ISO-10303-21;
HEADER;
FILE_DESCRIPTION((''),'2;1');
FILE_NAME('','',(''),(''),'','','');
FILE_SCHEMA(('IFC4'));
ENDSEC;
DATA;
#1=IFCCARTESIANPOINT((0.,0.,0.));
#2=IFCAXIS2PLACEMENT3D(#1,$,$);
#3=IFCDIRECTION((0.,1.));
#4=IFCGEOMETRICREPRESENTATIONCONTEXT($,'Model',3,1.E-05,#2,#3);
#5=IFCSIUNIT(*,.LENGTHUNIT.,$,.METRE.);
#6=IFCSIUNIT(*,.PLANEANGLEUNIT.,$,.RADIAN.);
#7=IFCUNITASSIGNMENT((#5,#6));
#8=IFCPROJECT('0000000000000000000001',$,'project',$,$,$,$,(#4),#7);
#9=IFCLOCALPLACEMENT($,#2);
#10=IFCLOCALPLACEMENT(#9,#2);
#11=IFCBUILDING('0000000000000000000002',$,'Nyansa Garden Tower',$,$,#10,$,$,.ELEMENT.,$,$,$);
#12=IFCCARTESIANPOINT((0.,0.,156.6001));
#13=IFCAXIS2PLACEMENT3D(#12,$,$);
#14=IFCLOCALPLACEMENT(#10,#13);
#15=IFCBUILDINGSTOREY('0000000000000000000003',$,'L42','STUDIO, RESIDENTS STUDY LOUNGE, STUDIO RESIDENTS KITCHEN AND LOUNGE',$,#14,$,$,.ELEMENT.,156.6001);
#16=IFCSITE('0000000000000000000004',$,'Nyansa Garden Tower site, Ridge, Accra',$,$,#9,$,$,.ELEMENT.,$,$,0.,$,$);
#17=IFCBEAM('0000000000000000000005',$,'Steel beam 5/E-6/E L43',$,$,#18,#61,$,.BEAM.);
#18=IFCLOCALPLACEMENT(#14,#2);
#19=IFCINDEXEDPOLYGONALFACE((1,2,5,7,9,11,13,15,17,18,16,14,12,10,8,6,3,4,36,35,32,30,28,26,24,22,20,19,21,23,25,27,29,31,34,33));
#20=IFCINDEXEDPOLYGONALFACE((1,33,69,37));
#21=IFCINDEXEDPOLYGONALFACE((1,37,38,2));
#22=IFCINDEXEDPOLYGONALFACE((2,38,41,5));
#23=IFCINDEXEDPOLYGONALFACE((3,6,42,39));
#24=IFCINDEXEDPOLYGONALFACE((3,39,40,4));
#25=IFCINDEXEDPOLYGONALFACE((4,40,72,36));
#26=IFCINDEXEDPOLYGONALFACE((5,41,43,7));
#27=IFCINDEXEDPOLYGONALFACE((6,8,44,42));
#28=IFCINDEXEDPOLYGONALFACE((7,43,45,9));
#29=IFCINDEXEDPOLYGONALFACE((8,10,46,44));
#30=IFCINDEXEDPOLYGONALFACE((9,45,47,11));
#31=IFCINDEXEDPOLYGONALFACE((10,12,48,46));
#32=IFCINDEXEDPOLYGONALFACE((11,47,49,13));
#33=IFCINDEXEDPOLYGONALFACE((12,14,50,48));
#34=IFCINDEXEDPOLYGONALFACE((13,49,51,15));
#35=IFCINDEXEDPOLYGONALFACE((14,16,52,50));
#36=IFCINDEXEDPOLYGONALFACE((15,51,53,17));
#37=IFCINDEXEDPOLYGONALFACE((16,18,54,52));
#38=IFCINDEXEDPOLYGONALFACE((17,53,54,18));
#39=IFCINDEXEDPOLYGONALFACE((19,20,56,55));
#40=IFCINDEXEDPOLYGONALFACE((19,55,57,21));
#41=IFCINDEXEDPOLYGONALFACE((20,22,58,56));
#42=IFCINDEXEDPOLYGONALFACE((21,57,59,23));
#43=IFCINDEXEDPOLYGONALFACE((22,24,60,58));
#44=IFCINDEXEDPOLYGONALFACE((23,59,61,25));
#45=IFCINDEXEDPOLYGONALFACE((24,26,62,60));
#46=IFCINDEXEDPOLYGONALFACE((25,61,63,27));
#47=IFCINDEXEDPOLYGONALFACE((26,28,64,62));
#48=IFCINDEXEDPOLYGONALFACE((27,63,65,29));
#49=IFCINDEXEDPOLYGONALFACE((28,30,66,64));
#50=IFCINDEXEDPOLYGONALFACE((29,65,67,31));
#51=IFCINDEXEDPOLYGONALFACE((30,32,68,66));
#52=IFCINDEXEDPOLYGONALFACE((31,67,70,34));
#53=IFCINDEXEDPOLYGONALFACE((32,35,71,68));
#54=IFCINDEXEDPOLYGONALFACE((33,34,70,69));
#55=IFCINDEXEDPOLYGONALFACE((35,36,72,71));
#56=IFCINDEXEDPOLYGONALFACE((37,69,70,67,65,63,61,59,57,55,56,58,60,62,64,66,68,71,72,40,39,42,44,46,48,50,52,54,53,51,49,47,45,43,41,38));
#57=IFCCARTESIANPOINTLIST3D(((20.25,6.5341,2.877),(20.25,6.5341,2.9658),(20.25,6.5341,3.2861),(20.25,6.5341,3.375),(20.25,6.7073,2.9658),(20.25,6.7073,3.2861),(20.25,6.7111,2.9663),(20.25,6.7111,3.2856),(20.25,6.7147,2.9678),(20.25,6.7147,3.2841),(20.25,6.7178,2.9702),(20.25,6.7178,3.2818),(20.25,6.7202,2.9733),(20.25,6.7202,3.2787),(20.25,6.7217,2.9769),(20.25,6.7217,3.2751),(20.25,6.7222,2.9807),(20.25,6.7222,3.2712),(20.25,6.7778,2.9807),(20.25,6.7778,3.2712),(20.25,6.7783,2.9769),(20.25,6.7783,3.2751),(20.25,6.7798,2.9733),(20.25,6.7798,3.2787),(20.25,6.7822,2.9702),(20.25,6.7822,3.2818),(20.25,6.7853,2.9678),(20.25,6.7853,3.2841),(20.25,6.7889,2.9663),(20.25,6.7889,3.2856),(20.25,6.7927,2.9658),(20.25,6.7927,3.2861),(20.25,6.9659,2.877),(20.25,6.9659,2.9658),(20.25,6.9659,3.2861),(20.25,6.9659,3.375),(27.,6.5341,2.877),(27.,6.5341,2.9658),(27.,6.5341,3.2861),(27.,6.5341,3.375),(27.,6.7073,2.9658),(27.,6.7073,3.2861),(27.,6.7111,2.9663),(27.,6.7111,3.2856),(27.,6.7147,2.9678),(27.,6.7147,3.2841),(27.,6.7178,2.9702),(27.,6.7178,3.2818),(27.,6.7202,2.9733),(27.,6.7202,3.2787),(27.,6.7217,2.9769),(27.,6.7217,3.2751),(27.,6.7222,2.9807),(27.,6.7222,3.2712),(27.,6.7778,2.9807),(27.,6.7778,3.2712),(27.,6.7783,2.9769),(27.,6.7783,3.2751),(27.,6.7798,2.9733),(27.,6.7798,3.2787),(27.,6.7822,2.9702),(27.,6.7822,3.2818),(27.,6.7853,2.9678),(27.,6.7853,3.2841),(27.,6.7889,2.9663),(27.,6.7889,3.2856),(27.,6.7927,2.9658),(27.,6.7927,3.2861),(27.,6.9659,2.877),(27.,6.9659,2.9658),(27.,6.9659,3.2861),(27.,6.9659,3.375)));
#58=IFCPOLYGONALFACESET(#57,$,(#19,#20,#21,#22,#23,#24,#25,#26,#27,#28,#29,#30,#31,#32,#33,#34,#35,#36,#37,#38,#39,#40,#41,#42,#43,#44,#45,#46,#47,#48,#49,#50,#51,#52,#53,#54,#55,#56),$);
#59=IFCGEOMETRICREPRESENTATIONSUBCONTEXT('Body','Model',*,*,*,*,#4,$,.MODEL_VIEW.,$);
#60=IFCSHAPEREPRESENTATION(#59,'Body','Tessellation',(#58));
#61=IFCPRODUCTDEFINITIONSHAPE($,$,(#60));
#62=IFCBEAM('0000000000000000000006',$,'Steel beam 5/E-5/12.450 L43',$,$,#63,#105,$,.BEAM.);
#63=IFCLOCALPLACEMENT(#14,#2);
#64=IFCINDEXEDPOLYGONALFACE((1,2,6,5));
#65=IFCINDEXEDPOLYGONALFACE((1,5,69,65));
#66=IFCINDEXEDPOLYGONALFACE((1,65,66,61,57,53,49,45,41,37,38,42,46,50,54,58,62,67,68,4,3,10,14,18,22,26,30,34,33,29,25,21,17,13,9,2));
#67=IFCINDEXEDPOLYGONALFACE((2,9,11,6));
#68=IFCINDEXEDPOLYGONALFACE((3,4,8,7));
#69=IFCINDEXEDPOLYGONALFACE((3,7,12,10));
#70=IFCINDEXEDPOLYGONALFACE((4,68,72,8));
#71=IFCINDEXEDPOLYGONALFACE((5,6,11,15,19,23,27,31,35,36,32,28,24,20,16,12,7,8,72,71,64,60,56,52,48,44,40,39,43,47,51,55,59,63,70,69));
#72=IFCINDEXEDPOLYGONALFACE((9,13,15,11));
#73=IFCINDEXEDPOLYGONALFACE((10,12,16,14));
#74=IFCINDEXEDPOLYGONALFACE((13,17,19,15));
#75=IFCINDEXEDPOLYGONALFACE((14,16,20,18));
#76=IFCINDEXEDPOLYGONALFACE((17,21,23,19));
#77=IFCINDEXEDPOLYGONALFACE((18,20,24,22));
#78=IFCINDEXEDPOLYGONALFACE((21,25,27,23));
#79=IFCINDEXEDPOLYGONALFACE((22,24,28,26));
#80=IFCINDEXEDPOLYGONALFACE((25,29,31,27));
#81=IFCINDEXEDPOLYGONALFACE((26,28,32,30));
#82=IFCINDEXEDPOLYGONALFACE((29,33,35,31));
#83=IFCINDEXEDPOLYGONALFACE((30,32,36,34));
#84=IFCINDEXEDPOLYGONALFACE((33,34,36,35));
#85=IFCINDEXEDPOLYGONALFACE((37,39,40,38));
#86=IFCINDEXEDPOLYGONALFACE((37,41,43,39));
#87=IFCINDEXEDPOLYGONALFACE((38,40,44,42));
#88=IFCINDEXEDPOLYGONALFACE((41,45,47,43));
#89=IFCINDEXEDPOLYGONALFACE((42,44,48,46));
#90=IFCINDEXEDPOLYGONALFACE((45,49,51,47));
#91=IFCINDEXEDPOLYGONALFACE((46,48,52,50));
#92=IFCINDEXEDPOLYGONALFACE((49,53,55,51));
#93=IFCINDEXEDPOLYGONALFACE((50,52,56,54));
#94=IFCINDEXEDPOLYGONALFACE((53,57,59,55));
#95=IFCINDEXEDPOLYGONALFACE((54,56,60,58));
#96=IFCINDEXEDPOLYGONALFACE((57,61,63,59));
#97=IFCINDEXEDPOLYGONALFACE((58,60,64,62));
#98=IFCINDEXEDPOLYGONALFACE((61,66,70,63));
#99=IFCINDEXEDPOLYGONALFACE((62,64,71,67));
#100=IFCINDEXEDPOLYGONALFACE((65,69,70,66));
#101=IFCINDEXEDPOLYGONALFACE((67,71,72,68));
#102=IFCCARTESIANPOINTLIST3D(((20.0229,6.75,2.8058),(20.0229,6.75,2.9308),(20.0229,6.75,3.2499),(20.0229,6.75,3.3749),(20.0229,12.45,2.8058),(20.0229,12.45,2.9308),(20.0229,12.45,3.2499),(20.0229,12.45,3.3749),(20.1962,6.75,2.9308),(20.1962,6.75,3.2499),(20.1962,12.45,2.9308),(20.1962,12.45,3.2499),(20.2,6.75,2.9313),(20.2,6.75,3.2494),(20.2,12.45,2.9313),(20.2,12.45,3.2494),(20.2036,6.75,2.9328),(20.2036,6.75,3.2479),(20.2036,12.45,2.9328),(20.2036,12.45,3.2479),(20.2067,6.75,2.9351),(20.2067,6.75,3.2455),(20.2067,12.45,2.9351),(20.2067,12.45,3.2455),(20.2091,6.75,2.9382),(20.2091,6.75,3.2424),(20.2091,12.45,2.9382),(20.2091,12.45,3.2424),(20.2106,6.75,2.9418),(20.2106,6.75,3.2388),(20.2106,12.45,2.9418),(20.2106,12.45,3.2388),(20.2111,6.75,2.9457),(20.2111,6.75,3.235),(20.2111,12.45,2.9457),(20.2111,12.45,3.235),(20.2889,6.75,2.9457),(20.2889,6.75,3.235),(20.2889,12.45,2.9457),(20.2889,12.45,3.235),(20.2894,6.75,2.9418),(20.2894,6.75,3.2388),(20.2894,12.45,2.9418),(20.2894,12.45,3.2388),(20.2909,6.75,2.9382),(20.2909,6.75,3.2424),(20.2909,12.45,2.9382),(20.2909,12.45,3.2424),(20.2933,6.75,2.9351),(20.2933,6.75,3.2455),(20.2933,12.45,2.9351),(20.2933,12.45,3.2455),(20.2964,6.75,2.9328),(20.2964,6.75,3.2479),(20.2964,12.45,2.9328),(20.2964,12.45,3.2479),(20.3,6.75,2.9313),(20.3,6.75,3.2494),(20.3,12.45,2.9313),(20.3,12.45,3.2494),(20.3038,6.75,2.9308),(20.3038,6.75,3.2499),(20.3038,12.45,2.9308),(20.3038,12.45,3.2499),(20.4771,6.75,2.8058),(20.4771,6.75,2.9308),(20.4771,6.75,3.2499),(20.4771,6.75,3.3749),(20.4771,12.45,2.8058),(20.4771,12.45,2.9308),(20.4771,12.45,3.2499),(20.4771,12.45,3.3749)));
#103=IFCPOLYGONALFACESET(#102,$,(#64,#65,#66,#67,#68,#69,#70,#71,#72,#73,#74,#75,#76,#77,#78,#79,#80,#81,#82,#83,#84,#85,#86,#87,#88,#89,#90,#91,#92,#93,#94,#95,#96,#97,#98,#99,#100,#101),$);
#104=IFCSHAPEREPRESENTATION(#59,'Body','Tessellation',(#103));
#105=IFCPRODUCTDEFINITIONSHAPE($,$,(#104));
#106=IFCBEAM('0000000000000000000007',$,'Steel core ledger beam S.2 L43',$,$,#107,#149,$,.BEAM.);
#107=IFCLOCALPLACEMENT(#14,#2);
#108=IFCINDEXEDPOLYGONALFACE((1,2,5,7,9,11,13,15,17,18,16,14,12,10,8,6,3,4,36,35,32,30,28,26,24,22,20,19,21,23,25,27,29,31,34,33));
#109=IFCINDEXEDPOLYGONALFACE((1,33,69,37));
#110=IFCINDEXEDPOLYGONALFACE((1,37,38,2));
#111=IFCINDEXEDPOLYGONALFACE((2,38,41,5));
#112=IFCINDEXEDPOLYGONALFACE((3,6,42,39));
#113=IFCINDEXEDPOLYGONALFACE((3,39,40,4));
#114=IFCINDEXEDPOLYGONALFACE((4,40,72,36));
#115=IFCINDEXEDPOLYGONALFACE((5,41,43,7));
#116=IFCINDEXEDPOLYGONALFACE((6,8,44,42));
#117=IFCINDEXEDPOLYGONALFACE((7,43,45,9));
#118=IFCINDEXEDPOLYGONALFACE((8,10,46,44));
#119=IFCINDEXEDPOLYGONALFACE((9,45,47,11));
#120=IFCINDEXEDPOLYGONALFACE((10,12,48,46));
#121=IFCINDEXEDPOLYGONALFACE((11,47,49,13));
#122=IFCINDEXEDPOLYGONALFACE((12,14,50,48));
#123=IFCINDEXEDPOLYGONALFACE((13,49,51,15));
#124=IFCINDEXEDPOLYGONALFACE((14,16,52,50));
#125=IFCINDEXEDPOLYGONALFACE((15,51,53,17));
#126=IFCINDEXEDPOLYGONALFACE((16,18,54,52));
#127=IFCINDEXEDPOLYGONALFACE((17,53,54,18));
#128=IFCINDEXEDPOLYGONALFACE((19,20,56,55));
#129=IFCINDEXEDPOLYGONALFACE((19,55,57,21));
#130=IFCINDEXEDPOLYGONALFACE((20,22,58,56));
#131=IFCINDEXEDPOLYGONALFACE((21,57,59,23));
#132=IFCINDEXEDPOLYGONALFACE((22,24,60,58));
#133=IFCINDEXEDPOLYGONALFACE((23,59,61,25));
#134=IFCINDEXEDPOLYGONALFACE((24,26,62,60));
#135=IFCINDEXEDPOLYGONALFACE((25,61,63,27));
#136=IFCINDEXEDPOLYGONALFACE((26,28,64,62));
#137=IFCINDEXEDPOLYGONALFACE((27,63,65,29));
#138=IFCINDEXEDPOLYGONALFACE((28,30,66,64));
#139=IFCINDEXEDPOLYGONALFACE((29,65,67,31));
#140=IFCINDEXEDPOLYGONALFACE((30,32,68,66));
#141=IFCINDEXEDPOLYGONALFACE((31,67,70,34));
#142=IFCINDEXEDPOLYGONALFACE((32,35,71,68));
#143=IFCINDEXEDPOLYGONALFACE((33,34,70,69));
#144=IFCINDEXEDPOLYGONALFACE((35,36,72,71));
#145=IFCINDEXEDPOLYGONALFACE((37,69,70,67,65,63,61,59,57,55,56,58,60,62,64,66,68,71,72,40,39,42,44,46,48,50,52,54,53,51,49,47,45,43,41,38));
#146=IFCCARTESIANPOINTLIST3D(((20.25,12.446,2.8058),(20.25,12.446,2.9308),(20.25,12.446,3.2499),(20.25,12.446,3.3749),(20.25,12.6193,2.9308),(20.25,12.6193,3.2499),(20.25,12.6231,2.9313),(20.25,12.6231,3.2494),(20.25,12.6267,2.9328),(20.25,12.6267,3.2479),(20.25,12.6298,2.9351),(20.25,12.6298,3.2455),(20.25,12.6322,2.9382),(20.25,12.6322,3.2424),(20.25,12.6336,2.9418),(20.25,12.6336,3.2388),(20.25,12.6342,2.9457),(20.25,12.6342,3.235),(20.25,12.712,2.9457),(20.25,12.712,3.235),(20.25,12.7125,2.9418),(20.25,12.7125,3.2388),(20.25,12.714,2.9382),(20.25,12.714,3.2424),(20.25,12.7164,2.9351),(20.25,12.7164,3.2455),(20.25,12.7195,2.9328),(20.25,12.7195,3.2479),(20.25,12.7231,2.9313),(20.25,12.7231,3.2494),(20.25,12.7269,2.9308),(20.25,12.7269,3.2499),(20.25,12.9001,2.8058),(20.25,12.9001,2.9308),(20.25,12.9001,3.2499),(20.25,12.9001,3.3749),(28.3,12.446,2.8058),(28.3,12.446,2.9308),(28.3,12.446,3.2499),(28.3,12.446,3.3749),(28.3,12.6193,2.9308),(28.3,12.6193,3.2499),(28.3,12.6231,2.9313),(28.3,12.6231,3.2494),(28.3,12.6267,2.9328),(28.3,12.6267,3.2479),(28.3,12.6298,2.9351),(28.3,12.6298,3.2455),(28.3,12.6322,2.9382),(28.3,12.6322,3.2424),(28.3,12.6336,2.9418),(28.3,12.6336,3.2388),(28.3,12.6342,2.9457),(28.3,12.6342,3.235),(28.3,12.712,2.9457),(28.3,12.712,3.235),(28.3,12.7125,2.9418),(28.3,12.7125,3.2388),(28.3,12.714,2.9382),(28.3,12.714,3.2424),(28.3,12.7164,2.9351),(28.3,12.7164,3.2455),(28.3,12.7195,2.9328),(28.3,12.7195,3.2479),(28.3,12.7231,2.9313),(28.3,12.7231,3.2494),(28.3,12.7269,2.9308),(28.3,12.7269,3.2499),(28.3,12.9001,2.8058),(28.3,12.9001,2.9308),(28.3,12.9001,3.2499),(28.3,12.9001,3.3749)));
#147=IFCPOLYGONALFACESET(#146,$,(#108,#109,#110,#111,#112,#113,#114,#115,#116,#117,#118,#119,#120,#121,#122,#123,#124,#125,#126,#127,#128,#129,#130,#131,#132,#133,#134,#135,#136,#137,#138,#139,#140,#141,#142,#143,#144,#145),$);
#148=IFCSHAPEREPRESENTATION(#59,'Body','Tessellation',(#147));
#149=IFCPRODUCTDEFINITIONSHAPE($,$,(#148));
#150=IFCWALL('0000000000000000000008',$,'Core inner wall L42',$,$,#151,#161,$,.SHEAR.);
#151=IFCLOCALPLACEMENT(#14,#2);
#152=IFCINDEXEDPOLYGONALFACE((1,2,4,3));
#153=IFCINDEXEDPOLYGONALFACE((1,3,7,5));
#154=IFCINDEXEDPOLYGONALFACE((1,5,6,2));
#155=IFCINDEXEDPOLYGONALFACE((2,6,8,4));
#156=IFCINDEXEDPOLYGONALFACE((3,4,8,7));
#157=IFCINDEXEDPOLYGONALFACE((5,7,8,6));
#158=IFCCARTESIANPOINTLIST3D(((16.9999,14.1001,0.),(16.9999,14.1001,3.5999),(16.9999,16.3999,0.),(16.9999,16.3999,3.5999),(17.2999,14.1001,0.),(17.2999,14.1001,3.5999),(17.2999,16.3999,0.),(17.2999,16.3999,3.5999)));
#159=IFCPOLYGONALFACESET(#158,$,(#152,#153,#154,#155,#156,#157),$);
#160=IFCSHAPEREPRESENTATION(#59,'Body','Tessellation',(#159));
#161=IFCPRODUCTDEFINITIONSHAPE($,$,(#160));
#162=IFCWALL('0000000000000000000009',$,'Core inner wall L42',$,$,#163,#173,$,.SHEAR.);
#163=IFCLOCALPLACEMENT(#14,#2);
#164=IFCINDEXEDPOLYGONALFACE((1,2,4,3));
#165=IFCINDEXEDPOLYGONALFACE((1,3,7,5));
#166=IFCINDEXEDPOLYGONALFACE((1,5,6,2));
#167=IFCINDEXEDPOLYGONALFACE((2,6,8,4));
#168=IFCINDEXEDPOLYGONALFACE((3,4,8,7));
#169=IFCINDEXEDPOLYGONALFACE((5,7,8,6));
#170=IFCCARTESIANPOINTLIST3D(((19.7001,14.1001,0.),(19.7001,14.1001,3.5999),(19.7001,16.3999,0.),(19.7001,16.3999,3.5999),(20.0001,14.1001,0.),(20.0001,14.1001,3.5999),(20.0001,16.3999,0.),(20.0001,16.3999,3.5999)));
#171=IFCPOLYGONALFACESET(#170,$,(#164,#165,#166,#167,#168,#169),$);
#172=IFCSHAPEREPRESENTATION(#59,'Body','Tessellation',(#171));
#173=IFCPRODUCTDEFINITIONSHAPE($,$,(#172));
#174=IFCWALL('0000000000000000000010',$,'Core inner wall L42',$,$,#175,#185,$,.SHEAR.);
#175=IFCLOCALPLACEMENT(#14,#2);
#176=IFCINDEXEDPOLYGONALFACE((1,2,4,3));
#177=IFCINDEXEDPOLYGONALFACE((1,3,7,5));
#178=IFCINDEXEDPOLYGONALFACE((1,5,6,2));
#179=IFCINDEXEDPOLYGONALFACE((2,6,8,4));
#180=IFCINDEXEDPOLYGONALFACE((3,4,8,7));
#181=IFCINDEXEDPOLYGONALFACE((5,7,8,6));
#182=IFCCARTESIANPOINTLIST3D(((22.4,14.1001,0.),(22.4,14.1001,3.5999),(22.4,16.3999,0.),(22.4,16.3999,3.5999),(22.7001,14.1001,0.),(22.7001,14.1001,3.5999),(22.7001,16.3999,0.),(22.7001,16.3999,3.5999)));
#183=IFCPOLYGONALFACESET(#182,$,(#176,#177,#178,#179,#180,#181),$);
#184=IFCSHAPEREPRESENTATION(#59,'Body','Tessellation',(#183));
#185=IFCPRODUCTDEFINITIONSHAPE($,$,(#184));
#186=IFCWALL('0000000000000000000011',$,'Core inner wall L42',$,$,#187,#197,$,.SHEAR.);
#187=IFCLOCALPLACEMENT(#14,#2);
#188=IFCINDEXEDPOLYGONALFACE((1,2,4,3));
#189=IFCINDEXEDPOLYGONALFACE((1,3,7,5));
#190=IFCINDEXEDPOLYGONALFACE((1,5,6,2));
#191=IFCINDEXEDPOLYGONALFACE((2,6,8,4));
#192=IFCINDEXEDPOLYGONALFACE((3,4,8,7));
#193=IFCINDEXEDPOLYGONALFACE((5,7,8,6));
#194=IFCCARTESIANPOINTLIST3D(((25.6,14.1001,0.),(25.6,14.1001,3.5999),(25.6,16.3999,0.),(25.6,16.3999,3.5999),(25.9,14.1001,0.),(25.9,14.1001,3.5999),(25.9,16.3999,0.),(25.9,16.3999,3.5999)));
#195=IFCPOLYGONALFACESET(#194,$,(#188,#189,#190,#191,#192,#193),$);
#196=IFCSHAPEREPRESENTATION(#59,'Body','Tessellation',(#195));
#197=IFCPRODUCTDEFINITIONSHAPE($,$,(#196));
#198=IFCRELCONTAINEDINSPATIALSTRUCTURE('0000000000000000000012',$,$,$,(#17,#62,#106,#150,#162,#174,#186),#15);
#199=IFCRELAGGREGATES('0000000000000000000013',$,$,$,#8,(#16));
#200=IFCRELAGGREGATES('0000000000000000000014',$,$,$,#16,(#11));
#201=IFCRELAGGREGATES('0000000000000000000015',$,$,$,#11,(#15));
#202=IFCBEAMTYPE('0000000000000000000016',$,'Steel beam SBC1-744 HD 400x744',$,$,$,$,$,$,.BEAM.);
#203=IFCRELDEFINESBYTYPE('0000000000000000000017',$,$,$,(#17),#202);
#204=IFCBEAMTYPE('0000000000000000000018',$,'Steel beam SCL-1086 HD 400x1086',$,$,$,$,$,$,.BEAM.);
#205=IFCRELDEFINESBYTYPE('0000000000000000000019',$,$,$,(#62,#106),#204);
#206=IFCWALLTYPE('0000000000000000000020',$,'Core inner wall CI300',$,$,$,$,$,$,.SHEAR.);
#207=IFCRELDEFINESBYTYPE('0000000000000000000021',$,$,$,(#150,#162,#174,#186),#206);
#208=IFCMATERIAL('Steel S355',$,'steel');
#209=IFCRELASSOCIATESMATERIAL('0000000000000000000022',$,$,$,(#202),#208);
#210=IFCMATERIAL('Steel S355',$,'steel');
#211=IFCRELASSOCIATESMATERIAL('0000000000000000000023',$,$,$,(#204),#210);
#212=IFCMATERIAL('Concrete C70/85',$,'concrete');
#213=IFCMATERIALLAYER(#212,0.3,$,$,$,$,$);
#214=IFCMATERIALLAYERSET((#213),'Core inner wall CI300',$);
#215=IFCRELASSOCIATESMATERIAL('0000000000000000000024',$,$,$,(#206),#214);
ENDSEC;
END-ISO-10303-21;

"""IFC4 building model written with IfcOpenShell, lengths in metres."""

from ifc_helpers import new_model, si_unit, direction, frame, frame_2d, origin, origin_2d, place, context, subcontext, project, spatial, rectangle, i_section, extrude, material, layer, layer_set, material_profile, profile_set, type_object, element, save


model = new_model("IFC4")

# Units and contexts
model_context = context("Model", 3, precision=1e-05, world=origin(), true_north=direction((0.0, 1.0)))
body_context = subcontext(model_context, "Body", "Model", "MODEL_VIEW")
ifc_project = project(units=[si_unit("LENGTHUNIT", "METRE"), si_unit("PLANEANGLEUNIT", "RADIAN")], contexts=[model_context])

# Site, building, storey
site_placement = place(None, origin())
site = spatial("IfcSite", under=ifc_project, at=site_placement, Name="Nyansa Garden Tower site, Ridge, Accra", CompositionType="ELEMENT", RefElevation=0.0)
building_placement = place(site_placement, origin())
building = spatial("IfcBuilding", under=site, at=building_placement, Name="Nyansa Garden Tower", CompositionType="ELEMENT")
storey_placement = place(building_placement, frame((0.0, 0.0, 156.6001)))
storey = spatial("IfcBuildingStorey", under=building, at=storey_placement, Name="L42", Description="STUDIO, RESIDENTS STUDY LOUNGE, STUDIO RESIDENTS KITCHEN AND LOUNGE", CompositionType="ELEMENT", Elevation=156.6001)

# Beams
ifc_material_1 = material(Name="Steel S355", Category="steel")
ifc_material_profile_1 = material_profile(ifc_material_1, i_section(OverallWidth=0.4319, OverallDepth=0.498, WebThickness=0.0557, FlangeThickness=0.0889, FilletRadius=0.0149, at=origin_2d()), Name="HD 400x744")
ifc_profile_set_1 = profile_set([ifc_material_profile_1], Name="Steel S355")
beam_type_1 = type_object("IfcBeamType", Name="Steel beam SBC1-744 HD 400x744", PredefinedType="BEAM", material=ifc_profile_set_1)
beam_1_placement = place(storey_placement, frame((20.25, 6.75, 3.126), z_axis=(1.0, 0.0, 0.0), x_axis=(0.0, 1.0, 0.0)))
element("IfcBeam", 1, at=beam_1_placement, inside=storey, type_object=beam_type_1, Name="Steel beam 5/E-6/E L43", PredefinedType="BEAM", context=body_context, shape_type="SweptSolid", body=[
    extrude(i_section(OverallWidth=0.4319, OverallDepth=0.498, WebThickness=0.0557, FlangeThickness=0.0889, FilletRadius=0.0149, at=origin_2d()), origin(), (0.0, 0.0, 1.0), 6.75),
])
ifc_material_2 = material(Name="Steel S355", Category="steel")
ifc_material_profile_2 = material_profile(ifc_material_2, i_section(OverallWidth=0.4541, OverallDepth=0.5691, WebThickness=0.0779, FlangeThickness=0.125, FilletRadius=0.0149, at=origin_2d()), Name="HD 400x1086")
ifc_profile_set_2 = profile_set([ifc_material_profile_2], Name="Steel S355")
beam_type_2 = type_object("IfcBeamType", Name="Steel beam SCL-1086 HD 400x1086", PredefinedType="BEAM", material=ifc_profile_set_2)
beam_2_placement = place(storey_placement, frame((20.25, 6.75, 3.0903), z_axis=(0.0, 1.0, 0.0), x_axis=(-1.0, 0.0, 0.0)))
element("IfcBeam", 2, at=beam_2_placement, inside=storey, type_object=beam_type_2, Name="Steel beam 5/E-5/12.450 L43", PredefinedType="BEAM", context=body_context, shape_type="SweptSolid", body=[
    extrude(i_section(OverallWidth=0.4541, OverallDepth=0.5691, WebThickness=0.0779, FlangeThickness=0.125, FilletRadius=0.0149, at=origin_2d()), origin(), (0.0, 0.0, 1.0), 5.7),
])
beam_3_placement = place(storey_placement, frame((20.25, 12.6731, 3.0903), z_axis=(1.0, 0.0, 0.0), x_axis=(0.0, 1.0, 0.0)))
element("IfcBeam", 3, at=beam_3_placement, inside=storey, type_object=beam_type_2, Name="Steel core ledger beam S.2 L43", PredefinedType="BEAM", context=body_context, shape_type="SweptSolid", body=[
    extrude(i_section(OverallWidth=0.4541, OverallDepth=0.5691, WebThickness=0.0779, FlangeThickness=0.125, FilletRadius=0.0149, at=origin_2d()), origin(), (0.0, 0.0, 1.0), 8.05),
])

# Walls
ifc_material_3 = material(Name="Concrete C70/85", Category="concrete")
ifc_layer_1 = layer(ifc_material_3, 0.3)
ifc_layer_set_1 = layer_set([ifc_layer_1], Name="Core inner wall CI300")
wall_type_1 = type_object("IfcWallType", Name="Core inner wall CI300", PredefinedType="SHEAR", material=ifc_layer_set_1)
for number, where, z_axis, x_axis, name in (
    (4, (17.1499, 14.1001, 0.0), (0.0, 0.0, 1.0), (0.0, 1.0, 0.0), "Core inner wall L42"),
    (5, (19.8501, 14.1001, 0.0), (0.0, 0.0, 1.0), (0.0, 1.0, 0.0), "Core inner wall L42"),
    (6, (22.55, 14.1001, 0.0), (0.0, 0.0, 1.0), (0.0, 1.0, 0.0), "Core inner wall L42"),
    (7, (25.75, 14.1001, 0.0), (0.0, 0.0, 1.0), (0.0, 1.0, 0.0), "Core inner wall L42"),
):
    element("IfcWall", number, at=place(storey_placement, frame(where, z_axis=z_axis, x_axis=x_axis)), inside=storey, type_object=wall_type_1, Name=name, PredefinedType="SHEAR", context=body_context, shape_type="SweptSolid", body=[
        extrude(rectangle(XDim=2.2998, YDim=0.3, at=frame_2d((1.1499, 0.0))), origin(), (0.0, 0.0, 1.0), 3.5999),
    ])

save(model, "model.ifc")
